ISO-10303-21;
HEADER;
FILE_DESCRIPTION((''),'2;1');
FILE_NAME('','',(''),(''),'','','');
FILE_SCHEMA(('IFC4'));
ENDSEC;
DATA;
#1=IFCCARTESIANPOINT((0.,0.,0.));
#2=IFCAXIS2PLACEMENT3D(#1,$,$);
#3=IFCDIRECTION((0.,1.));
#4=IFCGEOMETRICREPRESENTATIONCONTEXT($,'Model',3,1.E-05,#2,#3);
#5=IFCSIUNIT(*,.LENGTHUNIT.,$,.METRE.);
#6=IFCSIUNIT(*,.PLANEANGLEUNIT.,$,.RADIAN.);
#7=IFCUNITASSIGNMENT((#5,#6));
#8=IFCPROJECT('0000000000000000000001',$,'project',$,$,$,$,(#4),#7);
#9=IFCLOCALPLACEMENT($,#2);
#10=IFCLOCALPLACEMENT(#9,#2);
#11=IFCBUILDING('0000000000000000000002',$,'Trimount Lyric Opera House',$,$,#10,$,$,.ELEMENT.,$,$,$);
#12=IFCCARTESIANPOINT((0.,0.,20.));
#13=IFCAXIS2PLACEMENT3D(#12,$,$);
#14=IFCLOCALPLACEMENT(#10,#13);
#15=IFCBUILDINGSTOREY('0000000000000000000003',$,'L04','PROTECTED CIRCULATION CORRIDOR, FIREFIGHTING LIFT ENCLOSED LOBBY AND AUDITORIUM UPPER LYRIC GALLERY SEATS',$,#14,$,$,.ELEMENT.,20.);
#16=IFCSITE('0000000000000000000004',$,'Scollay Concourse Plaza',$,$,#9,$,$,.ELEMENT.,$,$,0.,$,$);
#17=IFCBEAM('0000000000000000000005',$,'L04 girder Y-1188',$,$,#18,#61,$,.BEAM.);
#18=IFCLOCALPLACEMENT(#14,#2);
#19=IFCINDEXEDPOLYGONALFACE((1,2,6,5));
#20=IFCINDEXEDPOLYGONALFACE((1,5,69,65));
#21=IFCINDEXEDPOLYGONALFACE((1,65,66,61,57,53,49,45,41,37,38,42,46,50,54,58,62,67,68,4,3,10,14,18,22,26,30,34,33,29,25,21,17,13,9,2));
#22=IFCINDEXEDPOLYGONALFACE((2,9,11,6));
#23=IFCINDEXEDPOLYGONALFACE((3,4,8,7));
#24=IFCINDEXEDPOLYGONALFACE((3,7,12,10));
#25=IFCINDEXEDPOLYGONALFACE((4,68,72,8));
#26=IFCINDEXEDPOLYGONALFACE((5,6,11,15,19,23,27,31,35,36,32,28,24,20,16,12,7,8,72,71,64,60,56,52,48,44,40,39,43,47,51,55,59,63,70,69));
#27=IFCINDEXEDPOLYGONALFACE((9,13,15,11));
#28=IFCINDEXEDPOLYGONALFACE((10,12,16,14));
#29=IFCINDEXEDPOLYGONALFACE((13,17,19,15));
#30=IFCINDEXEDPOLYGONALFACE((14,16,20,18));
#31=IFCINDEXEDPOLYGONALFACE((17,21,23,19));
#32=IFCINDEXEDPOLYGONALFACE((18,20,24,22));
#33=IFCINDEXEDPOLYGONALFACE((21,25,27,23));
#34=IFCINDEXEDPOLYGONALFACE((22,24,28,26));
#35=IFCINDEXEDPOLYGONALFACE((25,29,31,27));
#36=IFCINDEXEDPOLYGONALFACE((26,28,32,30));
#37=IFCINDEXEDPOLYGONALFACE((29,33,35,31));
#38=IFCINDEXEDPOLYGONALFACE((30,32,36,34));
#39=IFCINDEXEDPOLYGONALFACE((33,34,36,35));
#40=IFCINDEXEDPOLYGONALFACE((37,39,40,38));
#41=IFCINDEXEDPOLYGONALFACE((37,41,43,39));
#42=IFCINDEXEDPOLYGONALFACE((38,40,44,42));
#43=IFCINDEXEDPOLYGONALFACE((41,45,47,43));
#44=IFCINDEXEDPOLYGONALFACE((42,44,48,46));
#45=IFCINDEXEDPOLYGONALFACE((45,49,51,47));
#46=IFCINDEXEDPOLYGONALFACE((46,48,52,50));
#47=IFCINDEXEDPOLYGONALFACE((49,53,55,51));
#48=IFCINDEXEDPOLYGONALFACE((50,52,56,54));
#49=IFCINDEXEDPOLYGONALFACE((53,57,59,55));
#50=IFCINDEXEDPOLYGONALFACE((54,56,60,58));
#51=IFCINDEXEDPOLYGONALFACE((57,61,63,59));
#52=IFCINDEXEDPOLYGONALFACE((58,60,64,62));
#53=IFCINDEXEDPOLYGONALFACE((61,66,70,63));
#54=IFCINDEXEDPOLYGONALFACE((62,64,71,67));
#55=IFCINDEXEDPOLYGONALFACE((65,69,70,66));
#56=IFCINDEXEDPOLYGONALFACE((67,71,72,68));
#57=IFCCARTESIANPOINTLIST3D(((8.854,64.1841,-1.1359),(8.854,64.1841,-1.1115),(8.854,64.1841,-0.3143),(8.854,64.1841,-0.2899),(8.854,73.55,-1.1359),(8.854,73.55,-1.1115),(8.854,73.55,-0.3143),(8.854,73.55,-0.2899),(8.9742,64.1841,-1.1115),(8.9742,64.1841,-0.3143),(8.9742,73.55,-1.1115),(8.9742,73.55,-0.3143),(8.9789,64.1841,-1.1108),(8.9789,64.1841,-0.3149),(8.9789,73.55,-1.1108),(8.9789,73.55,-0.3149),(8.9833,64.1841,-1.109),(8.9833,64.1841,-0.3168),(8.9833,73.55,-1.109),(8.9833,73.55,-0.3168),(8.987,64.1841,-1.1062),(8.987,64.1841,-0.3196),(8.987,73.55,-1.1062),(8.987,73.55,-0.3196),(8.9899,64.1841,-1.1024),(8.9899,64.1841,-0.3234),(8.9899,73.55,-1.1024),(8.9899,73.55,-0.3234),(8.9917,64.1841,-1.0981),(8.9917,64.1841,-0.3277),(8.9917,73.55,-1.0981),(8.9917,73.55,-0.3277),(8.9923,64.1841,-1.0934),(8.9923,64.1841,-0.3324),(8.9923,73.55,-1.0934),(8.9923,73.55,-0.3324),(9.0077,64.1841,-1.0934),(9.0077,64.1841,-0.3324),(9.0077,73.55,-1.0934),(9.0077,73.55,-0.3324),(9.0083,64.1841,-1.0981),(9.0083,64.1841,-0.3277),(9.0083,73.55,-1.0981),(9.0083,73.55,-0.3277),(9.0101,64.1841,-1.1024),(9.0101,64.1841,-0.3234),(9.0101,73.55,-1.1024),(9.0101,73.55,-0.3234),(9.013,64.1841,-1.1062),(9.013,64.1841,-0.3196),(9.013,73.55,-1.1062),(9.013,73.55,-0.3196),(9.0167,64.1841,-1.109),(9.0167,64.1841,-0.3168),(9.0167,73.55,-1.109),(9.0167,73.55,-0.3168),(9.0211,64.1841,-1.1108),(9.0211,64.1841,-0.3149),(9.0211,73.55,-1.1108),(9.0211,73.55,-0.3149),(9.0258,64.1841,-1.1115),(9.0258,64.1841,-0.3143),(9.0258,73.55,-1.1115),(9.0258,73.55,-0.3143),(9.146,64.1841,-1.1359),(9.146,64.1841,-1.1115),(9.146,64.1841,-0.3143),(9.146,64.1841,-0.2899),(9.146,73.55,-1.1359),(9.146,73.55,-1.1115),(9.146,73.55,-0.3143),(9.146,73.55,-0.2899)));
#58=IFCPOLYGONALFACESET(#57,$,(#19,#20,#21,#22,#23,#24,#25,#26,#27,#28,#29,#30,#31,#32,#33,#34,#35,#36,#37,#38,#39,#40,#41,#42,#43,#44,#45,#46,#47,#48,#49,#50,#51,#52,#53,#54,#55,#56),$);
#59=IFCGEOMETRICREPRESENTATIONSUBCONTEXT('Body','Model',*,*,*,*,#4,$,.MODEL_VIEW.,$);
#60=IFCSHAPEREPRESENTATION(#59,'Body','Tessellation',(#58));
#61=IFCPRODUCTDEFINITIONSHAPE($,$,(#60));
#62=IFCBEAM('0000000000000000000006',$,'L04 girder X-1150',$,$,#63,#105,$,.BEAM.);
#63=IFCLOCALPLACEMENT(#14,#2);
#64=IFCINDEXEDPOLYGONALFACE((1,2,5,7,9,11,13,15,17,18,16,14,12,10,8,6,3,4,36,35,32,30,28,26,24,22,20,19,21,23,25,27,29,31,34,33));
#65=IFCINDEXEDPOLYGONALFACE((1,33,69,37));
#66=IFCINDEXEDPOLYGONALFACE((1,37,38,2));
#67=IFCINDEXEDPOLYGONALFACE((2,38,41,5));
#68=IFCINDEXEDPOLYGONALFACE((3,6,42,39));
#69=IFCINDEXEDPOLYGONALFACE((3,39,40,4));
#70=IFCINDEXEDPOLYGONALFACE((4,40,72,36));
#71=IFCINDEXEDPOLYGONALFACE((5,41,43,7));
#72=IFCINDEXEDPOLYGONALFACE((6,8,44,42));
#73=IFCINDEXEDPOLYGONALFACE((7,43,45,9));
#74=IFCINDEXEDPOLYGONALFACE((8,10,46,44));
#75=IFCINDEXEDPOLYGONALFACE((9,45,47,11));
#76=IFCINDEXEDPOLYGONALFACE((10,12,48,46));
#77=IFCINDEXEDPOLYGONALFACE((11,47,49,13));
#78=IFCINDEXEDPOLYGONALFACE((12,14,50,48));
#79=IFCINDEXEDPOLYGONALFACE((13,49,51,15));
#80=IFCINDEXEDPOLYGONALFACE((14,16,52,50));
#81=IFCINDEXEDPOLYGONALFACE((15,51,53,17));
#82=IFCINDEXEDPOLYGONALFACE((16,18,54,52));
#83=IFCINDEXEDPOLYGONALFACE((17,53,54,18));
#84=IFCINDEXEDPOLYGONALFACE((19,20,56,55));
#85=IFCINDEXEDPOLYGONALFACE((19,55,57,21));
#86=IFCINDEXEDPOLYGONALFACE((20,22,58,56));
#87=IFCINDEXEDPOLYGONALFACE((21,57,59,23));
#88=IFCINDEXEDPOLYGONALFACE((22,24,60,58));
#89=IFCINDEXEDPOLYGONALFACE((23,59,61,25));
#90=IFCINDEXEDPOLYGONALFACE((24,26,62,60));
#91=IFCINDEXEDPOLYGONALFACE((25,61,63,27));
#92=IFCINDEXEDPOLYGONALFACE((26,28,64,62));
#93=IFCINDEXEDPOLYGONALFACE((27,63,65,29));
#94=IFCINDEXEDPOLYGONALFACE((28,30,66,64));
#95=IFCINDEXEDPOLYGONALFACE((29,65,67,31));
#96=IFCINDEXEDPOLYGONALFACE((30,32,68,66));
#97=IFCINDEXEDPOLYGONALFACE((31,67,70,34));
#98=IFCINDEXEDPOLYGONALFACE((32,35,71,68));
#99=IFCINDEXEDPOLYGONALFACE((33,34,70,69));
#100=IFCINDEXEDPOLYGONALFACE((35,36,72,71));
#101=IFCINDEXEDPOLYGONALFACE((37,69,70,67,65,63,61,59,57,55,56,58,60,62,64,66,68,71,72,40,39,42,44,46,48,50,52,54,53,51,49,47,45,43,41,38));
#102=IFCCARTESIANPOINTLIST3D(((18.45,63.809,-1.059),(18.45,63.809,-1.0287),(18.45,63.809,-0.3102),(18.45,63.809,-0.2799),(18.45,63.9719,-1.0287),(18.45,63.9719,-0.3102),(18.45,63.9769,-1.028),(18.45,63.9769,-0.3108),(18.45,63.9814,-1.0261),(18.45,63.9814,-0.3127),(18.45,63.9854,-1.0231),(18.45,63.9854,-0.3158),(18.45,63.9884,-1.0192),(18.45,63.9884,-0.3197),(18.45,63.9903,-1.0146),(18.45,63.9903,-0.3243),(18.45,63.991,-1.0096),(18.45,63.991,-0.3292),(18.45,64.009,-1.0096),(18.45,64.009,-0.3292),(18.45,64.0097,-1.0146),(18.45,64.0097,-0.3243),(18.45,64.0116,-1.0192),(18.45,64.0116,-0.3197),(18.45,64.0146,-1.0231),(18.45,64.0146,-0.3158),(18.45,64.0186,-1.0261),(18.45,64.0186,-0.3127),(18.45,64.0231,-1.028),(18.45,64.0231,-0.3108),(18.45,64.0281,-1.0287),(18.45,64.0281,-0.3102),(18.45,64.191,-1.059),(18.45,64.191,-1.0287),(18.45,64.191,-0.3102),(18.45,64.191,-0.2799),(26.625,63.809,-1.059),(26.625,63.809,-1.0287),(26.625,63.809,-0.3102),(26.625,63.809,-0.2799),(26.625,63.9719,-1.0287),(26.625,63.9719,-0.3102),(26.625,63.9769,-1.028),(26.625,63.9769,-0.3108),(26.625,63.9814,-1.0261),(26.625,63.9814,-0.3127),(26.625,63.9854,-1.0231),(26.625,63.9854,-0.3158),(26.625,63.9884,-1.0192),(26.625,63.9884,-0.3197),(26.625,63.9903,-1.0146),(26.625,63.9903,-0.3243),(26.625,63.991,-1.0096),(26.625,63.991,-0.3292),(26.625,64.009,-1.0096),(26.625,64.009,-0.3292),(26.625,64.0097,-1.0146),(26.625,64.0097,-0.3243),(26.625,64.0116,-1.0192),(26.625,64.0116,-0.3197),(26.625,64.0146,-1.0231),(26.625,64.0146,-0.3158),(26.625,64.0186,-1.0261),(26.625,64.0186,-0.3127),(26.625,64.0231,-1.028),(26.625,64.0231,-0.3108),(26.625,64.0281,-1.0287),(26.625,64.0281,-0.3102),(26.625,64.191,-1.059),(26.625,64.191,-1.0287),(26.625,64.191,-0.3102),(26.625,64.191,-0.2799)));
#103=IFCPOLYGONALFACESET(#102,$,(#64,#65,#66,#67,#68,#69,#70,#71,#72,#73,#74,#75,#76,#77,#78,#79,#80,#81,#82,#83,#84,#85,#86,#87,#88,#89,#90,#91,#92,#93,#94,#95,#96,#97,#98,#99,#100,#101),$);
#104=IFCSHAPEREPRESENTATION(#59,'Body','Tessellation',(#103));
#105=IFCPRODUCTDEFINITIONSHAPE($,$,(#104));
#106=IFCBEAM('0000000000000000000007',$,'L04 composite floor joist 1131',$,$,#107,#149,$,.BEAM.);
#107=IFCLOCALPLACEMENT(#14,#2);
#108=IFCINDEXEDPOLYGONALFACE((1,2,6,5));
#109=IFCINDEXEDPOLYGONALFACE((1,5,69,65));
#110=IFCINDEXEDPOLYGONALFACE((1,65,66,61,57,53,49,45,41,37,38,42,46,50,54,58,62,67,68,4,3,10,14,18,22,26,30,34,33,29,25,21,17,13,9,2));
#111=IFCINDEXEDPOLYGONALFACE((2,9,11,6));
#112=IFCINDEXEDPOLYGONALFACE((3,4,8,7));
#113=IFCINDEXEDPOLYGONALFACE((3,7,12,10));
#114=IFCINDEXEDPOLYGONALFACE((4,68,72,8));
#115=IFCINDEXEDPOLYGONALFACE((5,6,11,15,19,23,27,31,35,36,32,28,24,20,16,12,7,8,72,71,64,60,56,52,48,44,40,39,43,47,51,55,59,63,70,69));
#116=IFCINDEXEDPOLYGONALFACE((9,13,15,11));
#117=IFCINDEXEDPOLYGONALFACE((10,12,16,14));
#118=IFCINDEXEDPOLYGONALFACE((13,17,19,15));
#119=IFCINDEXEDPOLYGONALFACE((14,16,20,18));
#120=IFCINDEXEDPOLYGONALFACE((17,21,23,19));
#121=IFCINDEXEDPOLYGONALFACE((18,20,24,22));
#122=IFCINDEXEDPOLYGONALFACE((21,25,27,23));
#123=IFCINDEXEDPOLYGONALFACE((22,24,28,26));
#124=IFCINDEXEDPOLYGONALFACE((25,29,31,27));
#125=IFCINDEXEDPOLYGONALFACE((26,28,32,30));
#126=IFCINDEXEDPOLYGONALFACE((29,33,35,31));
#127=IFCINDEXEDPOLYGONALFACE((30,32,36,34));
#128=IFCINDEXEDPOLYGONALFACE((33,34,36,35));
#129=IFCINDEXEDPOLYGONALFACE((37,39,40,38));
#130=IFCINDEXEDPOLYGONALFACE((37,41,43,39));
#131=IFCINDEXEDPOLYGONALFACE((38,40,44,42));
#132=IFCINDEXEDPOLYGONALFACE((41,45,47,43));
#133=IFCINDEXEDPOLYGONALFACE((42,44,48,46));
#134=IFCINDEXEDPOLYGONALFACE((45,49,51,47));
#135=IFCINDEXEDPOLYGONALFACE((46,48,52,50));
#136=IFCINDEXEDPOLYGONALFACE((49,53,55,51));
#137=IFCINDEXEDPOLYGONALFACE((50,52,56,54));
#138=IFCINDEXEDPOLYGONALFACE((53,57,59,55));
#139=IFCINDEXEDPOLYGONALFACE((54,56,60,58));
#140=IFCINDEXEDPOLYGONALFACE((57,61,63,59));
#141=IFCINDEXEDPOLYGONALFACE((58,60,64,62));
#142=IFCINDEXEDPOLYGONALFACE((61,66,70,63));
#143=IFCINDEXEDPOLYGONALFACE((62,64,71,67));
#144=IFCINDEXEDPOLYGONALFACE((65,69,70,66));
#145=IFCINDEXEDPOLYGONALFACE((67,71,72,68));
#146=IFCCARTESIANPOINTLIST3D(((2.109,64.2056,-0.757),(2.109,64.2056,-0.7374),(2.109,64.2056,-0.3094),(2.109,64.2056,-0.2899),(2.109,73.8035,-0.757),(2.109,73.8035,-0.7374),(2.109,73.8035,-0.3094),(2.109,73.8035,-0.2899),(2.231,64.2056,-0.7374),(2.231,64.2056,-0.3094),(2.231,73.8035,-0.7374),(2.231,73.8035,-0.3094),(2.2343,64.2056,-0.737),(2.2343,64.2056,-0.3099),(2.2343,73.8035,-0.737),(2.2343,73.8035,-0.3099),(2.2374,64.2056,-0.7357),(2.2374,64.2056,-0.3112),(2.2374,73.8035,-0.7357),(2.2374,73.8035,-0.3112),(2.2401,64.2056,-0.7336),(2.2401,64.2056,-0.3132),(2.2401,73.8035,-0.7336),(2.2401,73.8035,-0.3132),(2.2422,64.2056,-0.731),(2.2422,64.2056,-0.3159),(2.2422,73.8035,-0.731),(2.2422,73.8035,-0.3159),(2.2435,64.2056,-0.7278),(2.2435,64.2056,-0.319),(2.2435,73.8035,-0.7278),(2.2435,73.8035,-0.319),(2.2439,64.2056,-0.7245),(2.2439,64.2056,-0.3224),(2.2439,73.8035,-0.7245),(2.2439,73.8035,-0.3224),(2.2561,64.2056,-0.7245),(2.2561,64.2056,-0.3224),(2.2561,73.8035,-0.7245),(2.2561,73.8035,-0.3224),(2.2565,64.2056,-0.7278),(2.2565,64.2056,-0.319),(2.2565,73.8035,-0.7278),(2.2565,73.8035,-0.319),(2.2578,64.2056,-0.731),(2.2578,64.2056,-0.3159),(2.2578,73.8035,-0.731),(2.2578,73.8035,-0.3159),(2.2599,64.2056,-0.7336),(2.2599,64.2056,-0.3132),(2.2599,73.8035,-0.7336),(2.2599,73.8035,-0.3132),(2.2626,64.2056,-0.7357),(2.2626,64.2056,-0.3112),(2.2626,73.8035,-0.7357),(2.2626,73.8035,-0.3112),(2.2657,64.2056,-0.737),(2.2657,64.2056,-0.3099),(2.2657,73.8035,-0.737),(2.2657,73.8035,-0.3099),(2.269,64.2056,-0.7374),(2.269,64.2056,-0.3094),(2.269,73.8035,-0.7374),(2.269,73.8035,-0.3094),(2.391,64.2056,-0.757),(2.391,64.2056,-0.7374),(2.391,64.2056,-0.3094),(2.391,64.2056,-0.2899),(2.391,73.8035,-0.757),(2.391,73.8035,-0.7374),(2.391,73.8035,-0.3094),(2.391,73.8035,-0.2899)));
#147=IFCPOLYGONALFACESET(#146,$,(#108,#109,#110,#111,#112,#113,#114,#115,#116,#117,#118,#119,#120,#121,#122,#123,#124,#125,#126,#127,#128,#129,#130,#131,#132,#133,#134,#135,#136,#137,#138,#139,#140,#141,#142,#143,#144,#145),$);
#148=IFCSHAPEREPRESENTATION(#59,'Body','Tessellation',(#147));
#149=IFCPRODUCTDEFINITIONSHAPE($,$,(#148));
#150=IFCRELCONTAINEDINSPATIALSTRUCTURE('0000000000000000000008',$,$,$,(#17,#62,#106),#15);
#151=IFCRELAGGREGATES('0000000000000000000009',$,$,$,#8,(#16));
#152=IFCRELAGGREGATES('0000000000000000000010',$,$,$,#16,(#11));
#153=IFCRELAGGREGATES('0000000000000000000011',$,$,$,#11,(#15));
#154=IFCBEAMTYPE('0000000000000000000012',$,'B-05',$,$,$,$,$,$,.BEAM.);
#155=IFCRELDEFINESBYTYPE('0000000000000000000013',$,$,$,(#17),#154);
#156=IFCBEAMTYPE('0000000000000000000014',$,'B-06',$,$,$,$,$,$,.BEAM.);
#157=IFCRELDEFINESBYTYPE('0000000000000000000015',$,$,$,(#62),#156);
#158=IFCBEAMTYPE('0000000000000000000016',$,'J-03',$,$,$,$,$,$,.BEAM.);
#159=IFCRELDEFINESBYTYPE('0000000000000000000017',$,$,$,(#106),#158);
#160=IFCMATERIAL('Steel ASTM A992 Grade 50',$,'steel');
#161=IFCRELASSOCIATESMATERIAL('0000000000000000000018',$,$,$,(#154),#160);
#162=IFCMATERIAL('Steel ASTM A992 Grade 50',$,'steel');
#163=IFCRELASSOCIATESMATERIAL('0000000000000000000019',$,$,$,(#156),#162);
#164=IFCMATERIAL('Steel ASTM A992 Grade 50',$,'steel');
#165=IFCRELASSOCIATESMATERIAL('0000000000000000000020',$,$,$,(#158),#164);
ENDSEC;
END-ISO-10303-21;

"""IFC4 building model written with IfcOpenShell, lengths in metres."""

from ifc_helpers import new_model, si_unit, direction, frame, origin, origin_2d, place, context, subcontext, project, spatial, i_section, extrude, material, material_profile, profile_set, type_object, element, save


model = new_model("IFC4")

# Units and contexts
model_context = context("Model", 3, precision=1e-05, world=origin(), true_north=direction((0.0, 1.0)))
body_context = subcontext(model_context, "Body", "Model", "MODEL_VIEW")
ifc_project = project(units=[si_unit("LENGTHUNIT", "METRE"), si_unit("PLANEANGLEUNIT", "RADIAN")], contexts=[model_context])

# Site, building, storey
site_placement = place(None, origin())
site = spatial("IfcSite", under=ifc_project, at=site_placement, Name="Scollay Concourse Plaza", CompositionType="ELEMENT", RefElevation=0.0)
building_placement = place(site_placement, origin())
building = spatial("IfcBuilding", under=site, at=building_placement, Name="Trimount Lyric Opera House", CompositionType="ELEMENT")
storey_placement = place(building_placement, frame((0.0, 0.0, 20.0)))
storey = spatial("IfcBuildingStorey", under=building, at=storey_placement, Name="L04", Description="PROTECTED CIRCULATION CORRIDOR, FIREFIGHTING LIFT ENCLOSED LOBBY AND AUDITORIUM UPPER LYRIC GALLERY SEATS", CompositionType="ELEMENT", Elevation=20.0)

# Beams
ifc_material_1 = material(Name="Steel ASTM A992 Grade 50", Category="steel")
ifc_material_profile_1 = material_profile(ifc_material_1, i_section(OverallWidth=0.292, OverallDepth=0.8459, WebThickness=0.0154, FlangeThickness=0.0244, FilletRadius=0.0181, at=origin_2d()), Name="W33X141")
ifc_profile_set_1 = profile_set([ifc_material_profile_1], Name="Steel ASTM A992 Grade 50")
beam_type_1 = type_object("IfcBeamType", Name="B-05", PredefinedType="BEAM", material=ifc_profile_set_1)
beam_1_placement = place(storey_placement, frame((9.0, 64.1841, -0.7129), z_axis=(0.0, 1.0, 0.0), x_axis=(-1.0, 0.0, 0.0)))
element("IfcBeam", 1, at=beam_1_placement, inside=storey, type_object=beam_type_1, Name="L04 girder Y-1188", PredefinedType="BEAM", context=body_context, shape_type="SweptSolid", body=[
    extrude(i_section(OverallWidth=0.292, OverallDepth=0.8459, WebThickness=0.0154, FlangeThickness=0.0244, FilletRadius=0.0181, at=origin_2d()), origin(), (0.0, 0.0, 1.0), 9.366),
])
ifc_material_2 = material(Name="Steel ASTM A992 Grade 50", Category="steel")
ifc_material_profile_2 = material_profile(ifc_material_2, i_section(OverallWidth=0.3821, OverallDepth=0.7791, WebThickness=0.0181, FlangeThickness=0.0303, FilletRadius=0.019, at=origin_2d()), Name="W30X191")
ifc_profile_set_2 = profile_set([ifc_material_profile_2], Name="Steel ASTM A992 Grade 50")
beam_type_2 = type_object("IfcBeamType", Name="B-06", PredefinedType="BEAM", material=ifc_profile_set_2)
beam_2_placement = place(storey_placement, frame((18.45, 64.0, -0.6694), z_axis=(1.0, 0.0, 0.0), x_axis=(0.0, 1.0, 0.0)))
element("IfcBeam", 2, at=beam_2_placement, inside=storey, type_object=beam_type_2, Name="L04 girder X-1150", PredefinedType="BEAM", context=body_context, shape_type="SweptSolid", body=[
    extrude(i_section(OverallWidth=0.3821, OverallDepth=0.7791, WebThickness=0.0181, FlangeThickness=0.0303, FilletRadius=0.019, at=origin_2d()), origin(), (0.0, 0.0, 1.0), 8.175),
])
ifc_material_3 = material(Name="Steel ASTM A992 Grade 50", Category="steel")
ifc_material_profile_3 = material_profile(ifc_material_3, i_section(OverallWidth=0.282, OverallDepth=0.467, WebThickness=0.0122, FlangeThickness=0.0195, FilletRadius=0.0129, at=origin_2d()), Name="W18X86")
ifc_profile_set_3 = profile_set([ifc_material_profile_3], Name="Steel ASTM A992 Grade 50")
beam_type_3 = type_object("IfcBeamType", Name="J-03", PredefinedType="BEAM", material=ifc_profile_set_3)
beam_3_placement = place(storey_placement, frame((2.25, 64.2056, -0.5234), z_axis=(0.0, 1.0, 0.0), x_axis=(-1.0, 0.0, 0.0)))
element("IfcBeam", 3, at=beam_3_placement, inside=storey, type_object=beam_type_3, Name="L04 composite floor joist 1131", PredefinedType="BEAM", context=body_context, shape_type="SweptSolid", body=[
    extrude(i_section(OverallWidth=0.282, OverallDepth=0.467, WebThickness=0.0122, FlangeThickness=0.0195, FilletRadius=0.0129, at=origin_2d()), origin(), (0.0, 0.0, 1.0), 9.5979),
])

save(model, "model.ifc")
